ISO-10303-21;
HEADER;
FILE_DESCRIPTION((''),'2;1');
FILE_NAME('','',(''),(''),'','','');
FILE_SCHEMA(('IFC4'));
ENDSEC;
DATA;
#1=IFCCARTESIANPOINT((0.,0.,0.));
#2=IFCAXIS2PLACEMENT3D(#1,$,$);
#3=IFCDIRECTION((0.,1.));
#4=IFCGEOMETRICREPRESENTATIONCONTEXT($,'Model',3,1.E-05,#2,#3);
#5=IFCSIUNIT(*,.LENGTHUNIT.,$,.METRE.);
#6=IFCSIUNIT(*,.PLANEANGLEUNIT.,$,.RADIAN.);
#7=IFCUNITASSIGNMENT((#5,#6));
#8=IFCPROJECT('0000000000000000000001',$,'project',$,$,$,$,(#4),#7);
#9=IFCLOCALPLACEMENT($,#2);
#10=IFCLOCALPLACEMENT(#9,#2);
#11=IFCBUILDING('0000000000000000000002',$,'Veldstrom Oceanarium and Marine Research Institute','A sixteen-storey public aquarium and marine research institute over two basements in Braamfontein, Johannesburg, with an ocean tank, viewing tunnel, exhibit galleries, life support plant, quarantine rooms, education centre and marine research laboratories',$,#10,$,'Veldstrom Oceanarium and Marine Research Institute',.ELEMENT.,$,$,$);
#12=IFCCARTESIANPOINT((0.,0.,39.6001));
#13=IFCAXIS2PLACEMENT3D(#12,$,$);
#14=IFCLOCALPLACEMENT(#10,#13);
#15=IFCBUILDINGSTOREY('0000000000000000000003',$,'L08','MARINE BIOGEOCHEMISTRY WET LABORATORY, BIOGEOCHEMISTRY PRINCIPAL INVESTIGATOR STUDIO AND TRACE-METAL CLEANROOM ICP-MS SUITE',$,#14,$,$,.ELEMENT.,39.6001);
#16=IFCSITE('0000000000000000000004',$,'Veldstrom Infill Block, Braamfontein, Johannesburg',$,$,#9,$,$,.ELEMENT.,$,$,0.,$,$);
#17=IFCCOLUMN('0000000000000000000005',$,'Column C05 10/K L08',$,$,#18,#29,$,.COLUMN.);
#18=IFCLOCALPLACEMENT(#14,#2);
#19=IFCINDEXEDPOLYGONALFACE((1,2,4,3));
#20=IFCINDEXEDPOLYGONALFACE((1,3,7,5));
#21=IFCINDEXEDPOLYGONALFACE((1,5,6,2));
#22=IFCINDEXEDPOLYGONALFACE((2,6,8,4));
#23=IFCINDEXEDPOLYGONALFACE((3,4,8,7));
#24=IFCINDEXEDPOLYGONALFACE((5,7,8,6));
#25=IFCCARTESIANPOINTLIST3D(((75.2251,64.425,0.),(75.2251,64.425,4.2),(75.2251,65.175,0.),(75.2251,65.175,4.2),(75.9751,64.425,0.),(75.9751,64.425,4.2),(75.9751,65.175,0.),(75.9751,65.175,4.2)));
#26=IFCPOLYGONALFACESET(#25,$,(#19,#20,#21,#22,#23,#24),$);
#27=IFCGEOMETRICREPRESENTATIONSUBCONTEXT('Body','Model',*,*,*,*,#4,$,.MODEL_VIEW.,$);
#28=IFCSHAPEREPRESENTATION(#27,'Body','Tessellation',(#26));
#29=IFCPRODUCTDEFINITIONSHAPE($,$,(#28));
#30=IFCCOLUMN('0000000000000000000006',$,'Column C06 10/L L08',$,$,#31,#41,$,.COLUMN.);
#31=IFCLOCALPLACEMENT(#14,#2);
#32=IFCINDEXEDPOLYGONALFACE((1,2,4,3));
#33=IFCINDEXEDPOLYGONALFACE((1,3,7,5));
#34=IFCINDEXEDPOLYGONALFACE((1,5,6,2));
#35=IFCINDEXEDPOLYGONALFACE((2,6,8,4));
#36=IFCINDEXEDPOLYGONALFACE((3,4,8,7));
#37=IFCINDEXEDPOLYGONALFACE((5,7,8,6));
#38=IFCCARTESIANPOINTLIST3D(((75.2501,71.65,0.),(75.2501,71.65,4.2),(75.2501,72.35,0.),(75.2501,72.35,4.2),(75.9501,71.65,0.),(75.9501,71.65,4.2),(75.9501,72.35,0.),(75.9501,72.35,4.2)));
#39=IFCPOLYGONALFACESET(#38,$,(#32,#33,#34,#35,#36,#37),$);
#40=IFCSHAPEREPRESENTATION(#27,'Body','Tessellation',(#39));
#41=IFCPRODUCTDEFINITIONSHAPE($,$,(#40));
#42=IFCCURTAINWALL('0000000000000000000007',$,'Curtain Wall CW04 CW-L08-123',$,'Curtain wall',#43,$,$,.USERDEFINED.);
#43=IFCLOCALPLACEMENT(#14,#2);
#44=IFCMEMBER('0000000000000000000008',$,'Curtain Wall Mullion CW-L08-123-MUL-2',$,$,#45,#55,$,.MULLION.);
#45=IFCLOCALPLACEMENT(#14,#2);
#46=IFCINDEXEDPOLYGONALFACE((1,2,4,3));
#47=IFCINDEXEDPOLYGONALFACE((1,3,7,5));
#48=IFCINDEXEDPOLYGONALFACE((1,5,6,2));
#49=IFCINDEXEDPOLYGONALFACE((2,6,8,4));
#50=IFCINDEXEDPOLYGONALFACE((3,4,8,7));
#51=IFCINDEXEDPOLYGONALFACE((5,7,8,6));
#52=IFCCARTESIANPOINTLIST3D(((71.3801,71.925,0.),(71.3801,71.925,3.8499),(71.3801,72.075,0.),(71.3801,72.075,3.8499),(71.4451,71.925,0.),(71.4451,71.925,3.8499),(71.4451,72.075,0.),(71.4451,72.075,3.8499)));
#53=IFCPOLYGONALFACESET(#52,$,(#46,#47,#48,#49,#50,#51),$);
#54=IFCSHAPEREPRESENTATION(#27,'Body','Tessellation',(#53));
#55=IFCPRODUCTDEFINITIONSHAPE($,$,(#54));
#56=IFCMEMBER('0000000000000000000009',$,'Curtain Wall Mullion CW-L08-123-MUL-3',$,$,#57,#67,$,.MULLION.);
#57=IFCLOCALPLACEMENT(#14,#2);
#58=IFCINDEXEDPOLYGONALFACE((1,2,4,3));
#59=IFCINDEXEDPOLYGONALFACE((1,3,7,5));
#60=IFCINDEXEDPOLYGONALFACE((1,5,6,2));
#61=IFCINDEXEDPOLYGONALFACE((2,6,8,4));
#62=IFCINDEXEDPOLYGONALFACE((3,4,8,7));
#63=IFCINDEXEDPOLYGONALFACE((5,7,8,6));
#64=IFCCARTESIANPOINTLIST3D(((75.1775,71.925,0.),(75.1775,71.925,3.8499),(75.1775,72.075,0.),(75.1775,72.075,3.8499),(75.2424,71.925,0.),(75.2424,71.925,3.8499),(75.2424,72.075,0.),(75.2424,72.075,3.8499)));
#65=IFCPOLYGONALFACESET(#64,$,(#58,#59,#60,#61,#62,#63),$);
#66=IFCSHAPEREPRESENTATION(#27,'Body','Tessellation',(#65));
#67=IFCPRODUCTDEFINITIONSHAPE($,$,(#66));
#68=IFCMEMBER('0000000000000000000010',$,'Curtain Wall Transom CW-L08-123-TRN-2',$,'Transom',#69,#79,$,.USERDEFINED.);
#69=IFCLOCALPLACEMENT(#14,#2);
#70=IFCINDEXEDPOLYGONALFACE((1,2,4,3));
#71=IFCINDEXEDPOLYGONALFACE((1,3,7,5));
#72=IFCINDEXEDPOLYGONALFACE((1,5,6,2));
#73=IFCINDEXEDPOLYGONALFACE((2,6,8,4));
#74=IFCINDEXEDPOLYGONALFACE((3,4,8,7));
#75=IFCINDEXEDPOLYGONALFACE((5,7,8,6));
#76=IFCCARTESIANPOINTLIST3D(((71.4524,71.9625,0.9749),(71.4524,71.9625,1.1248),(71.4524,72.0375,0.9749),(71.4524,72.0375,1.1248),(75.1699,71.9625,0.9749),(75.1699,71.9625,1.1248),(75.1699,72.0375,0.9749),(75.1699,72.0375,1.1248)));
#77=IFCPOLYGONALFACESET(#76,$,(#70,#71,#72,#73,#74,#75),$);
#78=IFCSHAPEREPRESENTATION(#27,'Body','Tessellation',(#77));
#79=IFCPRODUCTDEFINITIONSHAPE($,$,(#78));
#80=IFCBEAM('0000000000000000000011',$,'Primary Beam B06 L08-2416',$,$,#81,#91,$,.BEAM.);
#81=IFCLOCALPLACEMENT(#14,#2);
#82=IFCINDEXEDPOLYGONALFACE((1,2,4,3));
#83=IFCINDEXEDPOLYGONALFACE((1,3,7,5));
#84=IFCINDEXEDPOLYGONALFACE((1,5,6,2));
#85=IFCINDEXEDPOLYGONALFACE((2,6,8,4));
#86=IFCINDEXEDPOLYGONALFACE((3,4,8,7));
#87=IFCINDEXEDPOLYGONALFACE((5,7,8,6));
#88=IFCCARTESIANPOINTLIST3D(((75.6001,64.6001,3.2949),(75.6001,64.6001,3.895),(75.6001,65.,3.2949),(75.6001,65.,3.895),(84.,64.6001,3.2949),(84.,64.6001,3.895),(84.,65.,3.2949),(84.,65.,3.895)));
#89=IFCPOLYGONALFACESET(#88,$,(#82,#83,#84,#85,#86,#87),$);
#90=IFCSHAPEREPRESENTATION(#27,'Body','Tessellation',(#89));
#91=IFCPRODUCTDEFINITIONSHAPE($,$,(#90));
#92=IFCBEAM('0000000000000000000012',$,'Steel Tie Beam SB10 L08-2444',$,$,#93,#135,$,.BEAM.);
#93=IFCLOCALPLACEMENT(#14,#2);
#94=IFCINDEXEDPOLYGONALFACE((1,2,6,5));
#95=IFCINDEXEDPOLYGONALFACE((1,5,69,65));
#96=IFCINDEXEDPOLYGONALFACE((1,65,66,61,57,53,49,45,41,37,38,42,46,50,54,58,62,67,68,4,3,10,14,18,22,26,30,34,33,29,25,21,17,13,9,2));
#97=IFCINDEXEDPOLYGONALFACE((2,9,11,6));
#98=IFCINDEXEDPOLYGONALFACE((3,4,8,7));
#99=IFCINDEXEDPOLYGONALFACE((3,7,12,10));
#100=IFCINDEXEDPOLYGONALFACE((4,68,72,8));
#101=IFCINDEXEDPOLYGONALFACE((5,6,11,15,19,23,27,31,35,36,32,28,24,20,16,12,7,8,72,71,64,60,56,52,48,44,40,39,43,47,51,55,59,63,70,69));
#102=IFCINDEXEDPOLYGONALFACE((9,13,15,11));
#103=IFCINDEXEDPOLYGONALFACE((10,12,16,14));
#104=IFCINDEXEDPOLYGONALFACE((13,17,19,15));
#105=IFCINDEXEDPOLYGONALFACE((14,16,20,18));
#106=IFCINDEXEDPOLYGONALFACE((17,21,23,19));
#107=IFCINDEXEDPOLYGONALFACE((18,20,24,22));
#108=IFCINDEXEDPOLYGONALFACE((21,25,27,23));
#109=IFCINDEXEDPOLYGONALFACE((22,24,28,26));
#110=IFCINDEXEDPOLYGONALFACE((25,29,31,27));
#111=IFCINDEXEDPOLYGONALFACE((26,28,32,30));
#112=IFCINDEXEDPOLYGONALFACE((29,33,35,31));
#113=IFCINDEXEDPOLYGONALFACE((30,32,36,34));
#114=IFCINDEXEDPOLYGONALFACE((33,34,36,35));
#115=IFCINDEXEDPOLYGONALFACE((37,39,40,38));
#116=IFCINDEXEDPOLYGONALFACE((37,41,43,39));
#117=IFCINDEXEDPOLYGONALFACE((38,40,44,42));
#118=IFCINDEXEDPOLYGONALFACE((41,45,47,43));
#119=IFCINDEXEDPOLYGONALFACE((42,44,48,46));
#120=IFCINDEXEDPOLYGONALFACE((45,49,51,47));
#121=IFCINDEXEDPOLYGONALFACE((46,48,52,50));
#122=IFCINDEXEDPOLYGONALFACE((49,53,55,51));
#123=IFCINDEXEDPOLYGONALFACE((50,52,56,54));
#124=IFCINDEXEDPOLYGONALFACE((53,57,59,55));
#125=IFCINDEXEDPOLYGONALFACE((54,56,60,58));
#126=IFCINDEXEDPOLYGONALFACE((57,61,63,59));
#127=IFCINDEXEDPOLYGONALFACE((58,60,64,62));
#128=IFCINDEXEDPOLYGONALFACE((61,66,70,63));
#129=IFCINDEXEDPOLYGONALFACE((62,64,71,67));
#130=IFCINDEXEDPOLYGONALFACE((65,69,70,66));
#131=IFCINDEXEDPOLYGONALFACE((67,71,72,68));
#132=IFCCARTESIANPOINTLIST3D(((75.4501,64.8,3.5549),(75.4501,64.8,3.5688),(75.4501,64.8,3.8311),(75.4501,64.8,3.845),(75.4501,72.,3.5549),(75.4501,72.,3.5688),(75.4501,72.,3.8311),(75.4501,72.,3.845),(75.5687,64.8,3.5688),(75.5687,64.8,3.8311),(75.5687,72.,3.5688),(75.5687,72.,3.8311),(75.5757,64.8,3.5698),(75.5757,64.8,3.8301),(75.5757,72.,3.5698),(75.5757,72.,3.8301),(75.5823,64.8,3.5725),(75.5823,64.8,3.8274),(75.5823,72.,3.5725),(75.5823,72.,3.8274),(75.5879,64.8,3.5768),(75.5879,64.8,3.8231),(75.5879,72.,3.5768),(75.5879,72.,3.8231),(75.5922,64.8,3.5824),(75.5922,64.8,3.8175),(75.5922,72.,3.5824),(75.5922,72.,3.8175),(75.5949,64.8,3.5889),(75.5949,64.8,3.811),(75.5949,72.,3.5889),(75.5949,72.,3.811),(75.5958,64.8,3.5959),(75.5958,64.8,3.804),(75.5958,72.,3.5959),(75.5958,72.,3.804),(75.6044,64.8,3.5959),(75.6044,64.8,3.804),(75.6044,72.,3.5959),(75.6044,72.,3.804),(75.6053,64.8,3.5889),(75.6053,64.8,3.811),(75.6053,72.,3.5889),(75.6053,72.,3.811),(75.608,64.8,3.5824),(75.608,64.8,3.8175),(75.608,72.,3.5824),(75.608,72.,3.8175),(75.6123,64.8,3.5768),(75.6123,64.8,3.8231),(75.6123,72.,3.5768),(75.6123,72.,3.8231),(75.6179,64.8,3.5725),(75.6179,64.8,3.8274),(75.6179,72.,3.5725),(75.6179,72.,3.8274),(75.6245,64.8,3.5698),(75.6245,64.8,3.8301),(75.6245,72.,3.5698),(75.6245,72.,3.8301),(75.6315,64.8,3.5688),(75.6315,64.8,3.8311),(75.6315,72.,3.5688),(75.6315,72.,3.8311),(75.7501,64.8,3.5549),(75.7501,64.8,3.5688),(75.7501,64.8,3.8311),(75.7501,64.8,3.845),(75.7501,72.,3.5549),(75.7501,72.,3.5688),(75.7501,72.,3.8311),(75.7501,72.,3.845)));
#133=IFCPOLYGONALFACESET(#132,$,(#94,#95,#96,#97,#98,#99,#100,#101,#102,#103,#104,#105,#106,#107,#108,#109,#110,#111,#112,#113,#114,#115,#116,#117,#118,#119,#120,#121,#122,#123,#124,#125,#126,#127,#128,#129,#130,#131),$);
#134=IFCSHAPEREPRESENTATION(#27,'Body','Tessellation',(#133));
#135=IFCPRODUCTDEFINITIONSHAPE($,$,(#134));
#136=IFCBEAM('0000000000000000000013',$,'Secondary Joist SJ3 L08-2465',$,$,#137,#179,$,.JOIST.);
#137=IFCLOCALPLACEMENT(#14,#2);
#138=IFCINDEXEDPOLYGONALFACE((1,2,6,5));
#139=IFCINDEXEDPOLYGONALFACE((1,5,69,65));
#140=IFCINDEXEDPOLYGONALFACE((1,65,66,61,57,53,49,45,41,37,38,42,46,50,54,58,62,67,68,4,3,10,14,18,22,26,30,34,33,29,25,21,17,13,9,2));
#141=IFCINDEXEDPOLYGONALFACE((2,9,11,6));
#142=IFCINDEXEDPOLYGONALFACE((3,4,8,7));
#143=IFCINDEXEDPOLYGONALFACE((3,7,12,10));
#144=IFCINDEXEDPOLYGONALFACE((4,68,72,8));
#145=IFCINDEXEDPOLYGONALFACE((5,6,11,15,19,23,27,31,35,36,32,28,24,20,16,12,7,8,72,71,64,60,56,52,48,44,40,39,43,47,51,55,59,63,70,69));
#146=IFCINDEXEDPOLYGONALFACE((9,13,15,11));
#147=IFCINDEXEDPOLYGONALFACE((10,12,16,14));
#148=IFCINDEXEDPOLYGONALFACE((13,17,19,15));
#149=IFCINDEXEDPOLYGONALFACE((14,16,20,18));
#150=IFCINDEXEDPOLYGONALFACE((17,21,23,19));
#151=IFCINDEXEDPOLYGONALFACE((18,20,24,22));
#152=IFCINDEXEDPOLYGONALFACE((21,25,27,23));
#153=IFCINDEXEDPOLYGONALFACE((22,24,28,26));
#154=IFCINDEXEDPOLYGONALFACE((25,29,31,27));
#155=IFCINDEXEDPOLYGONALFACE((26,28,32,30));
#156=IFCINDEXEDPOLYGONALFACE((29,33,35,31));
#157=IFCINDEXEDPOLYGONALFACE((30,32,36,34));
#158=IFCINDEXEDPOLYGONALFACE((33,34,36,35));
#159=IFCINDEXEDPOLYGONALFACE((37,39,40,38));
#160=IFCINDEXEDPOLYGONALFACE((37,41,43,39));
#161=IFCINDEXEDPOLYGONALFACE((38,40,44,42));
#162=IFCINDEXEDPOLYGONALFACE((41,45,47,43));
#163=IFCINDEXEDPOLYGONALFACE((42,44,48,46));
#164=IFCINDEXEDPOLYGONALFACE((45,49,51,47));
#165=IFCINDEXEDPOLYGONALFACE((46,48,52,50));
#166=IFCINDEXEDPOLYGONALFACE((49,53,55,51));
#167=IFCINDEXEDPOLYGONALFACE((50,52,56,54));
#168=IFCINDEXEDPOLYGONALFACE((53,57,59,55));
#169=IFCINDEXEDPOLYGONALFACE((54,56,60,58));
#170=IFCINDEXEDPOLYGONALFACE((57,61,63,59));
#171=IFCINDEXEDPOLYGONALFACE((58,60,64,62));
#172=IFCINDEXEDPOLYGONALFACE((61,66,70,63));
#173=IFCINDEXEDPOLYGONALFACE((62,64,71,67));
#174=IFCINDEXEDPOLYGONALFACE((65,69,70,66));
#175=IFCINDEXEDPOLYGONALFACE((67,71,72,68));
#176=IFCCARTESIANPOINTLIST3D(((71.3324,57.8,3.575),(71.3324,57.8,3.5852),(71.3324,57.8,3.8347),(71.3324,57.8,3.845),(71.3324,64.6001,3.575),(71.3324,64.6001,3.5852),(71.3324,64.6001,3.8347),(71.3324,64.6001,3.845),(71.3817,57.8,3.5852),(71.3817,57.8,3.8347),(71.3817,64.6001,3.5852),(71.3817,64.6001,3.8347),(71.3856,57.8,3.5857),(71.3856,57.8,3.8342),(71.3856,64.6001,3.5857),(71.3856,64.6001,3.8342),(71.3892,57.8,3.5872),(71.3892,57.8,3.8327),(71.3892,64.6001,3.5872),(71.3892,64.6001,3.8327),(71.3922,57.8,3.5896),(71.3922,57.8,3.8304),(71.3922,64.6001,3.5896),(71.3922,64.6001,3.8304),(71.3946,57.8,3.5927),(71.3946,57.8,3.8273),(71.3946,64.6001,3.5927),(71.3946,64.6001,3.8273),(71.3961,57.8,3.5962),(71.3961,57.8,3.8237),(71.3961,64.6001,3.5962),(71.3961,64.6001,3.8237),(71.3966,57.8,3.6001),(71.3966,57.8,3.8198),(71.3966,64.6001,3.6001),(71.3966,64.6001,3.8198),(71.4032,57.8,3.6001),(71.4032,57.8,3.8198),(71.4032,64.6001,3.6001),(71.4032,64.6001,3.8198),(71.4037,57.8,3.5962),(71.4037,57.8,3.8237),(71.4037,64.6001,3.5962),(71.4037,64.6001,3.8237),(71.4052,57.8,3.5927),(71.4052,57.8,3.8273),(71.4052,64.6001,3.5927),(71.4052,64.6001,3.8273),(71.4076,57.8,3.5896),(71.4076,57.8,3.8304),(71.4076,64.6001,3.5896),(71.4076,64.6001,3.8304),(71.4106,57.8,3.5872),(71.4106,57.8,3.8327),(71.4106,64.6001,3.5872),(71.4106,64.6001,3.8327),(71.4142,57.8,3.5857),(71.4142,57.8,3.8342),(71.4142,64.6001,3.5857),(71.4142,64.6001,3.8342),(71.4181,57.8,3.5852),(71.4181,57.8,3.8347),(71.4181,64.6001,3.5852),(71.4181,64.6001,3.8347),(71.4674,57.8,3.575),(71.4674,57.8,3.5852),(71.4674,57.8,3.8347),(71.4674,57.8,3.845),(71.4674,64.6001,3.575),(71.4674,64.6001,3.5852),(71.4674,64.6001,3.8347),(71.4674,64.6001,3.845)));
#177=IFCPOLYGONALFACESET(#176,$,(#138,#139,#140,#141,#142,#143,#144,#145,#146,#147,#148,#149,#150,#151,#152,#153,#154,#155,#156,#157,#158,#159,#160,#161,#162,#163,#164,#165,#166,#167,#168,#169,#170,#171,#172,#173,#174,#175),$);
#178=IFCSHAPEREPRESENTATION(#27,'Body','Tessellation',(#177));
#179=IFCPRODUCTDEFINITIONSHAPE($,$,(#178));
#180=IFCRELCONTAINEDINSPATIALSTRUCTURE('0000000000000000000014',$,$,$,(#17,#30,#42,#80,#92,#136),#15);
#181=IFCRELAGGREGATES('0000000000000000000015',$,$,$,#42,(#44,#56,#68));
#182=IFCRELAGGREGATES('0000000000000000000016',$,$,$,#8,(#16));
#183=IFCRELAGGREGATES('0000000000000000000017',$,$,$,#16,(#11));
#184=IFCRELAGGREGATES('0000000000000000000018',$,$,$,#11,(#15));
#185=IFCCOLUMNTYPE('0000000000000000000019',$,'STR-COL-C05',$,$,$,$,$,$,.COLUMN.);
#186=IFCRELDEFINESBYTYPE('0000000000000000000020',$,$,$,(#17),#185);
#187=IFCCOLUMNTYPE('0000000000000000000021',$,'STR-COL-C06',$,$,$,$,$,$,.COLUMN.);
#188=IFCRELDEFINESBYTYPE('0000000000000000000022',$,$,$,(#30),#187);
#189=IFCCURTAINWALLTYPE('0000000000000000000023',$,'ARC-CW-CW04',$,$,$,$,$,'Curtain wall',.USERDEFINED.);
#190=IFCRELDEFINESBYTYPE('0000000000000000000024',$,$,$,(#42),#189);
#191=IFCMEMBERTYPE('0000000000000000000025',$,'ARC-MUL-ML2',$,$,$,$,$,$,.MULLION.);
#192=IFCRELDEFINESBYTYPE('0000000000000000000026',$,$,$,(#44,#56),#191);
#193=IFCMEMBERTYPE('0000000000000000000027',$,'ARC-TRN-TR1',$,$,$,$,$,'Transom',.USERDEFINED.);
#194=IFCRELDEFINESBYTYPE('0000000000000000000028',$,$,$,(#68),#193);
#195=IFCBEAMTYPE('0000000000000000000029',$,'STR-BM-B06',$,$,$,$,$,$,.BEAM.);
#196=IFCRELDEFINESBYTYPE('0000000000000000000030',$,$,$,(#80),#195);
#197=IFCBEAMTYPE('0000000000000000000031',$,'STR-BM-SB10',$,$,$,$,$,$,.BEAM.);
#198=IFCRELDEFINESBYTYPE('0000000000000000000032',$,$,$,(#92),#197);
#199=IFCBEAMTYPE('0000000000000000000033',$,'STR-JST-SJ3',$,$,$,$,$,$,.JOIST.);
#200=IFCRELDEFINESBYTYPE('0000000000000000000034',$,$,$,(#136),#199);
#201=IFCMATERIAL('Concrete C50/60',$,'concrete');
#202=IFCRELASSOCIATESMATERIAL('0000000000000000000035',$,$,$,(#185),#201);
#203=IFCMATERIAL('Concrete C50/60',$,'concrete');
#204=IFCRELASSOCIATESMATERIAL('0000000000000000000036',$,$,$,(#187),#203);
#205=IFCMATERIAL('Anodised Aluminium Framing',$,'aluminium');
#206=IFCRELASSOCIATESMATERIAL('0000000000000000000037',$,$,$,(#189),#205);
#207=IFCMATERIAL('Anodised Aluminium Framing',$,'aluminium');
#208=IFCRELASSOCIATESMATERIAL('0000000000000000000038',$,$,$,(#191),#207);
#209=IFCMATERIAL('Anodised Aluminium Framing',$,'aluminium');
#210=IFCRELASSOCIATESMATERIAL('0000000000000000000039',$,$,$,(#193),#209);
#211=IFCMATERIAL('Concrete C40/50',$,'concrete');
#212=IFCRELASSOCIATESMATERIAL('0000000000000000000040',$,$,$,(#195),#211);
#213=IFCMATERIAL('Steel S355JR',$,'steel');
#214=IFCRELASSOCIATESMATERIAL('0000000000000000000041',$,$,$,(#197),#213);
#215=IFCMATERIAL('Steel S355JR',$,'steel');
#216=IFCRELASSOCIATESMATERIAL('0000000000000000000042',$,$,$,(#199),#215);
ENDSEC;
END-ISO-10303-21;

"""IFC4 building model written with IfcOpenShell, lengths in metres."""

from ifc_helpers import new_model, si_unit, direction, frame, origin, origin_2d, place, context, subcontext, project, spatial, rectangle, i_section, extrude, material, material_profile, profile_set, type_object, element, aggregate, save


model = new_model("IFC4")

# Units and contexts
model_context = context("Model", 3, precision=1e-05, world=origin(), true_north=direction((0.0, 1.0)))
body_context = subcontext(model_context, "Body", "Model", "MODEL_VIEW")
ifc_project = project(units=[si_unit("LENGTHUNIT", "METRE"), si_unit("PLANEANGLEUNIT", "RADIAN")], contexts=[model_context])

# Site, building, storey
site_placement = place(None, origin())
site = spatial("IfcSite", under=ifc_project, at=site_placement, Name="Veldstrom Infill Block, Braamfontein, Johannesburg", CompositionType="ELEMENT", RefElevation=0.0)
building_placement = place(site_placement, origin())
building = spatial("IfcBuilding", under=site, at=building_placement, Name="Veldstrom Oceanarium and Marine Research Institute", Description="A sixteen-storey public aquarium and marine research institute over two basements in Braamfontein, Johannesburg, with an ocean tank, viewing tunnel, exhibit galleries, life support plant, quarantine rooms, education centre and marine research laboratories", LongName="Veldstrom Oceanarium and Marine Research Institute", CompositionType="ELEMENT")
storey_placement = place(building_placement, frame((0.0, 0.0, 39.6001)))
storey = spatial("IfcBuildingStorey", under=building, at=storey_placement, Name="L08", Description="MARINE BIOGEOCHEMISTRY WET LABORATORY, BIOGEOCHEMISTRY PRINCIPAL INVESTIGATOR STUDIO AND TRACE-METAL CLEANROOM ICP-MS SUITE", CompositionType="ELEMENT", Elevation=39.6001)

# Columns
ifc_material_1 = material(Name="Concrete C50/60", Category="concrete")
ifc_material_profile_1 = material_profile(ifc_material_1, rectangle(XDim=0.75, YDim=0.75, at=origin_2d()), Name="RC-COL-750x750")
ifc_profile_set_1 = profile_set([ifc_material_profile_1], Name="Concrete C50/60")
column_type_1 = type_object("IfcColumnType", Name="STR-COL-C05", PredefinedType="COLUMN", material=ifc_profile_set_1)
column_1_placement = place(storey_placement, frame((75.6001, 64.8, 0.0), z_axis=(0.0, 0.0, 1.0), x_axis=(1.0, 0.0, 0.0)))
element("IfcColumn", 1, at=column_1_placement, inside=storey, type_object=column_type_1, Name="Column C05 10/K L08", PredefinedType="COLUMN", context=body_context, shape_type="SweptSolid", body=[
    extrude(rectangle(XDim=0.75, YDim=0.75, at=origin_2d()), origin(), (0.0, 0.0, 1.0), 4.2),
])
ifc_material_2 = material(Name="Concrete C50/60", Category="concrete")
ifc_material_profile_2 = material_profile(ifc_material_2, rectangle(XDim=0.7, YDim=0.7, at=origin_2d()), Name="RC-COL-700x700")
ifc_profile_set_2 = profile_set([ifc_material_profile_2], Name="Concrete C50/60")
column_type_2 = type_object("IfcColumnType", Name="STR-COL-C06", PredefinedType="COLUMN", material=ifc_profile_set_2)
column_2_placement = place(storey_placement, frame((75.6001, 72.0, 0.0), z_axis=(0.0, 0.0, 1.0), x_axis=(1.0, 0.0, 0.0)))
element("IfcColumn", 2, at=column_2_placement, inside=storey, type_object=column_type_2, Name="Column C06 10/L L08", PredefinedType="COLUMN", context=body_context, shape_type="SweptSolid", body=[
    extrude(rectangle(XDim=0.7, YDim=0.7, at=origin_2d()), origin(), (0.0, 0.0, 1.0), 4.2),
])

# Curtain wall, members
ifc_material_3 = material(Name="Anodised Aluminium Framing", Category="aluminium")
curtain_wall_type = type_object("IfcCurtainWallType", Name="ARC-CW-CW04", ElementType="Curtain wall", PredefinedType="USERDEFINED", material=ifc_material_3)
curtain_wall_placement = place(storey_placement, origin())
curtain_wall = element("IfcCurtainWall", 3, at=curtain_wall_placement, inside=storey, type_object=curtain_wall_type, Name="Curtain Wall CW04 CW-L08-123", ObjectType="Curtain wall", PredefinedType="USERDEFINED")
ifc_material_4 = material(Name="Anodised Aluminium Framing", Category="aluminium")
ifc_material_profile_3 = material_profile(ifc_material_4, rectangle(XDim=0.0649, YDim=0.1499, at=origin_2d()), Name="ALU-MUL-65x150")
ifc_profile_set_3 = profile_set([ifc_material_profile_3], Name="Anodised Aluminium Framing")
member_type_1 = type_object("IfcMemberType", Name="ARC-MUL-ML2", PredefinedType="MULLION", material=ifc_profile_set_3)
member_1_placement = place(storey_placement, frame((71.4126, 72.0, 0.0), z_axis=(0.0, 0.0, 1.0), x_axis=(1.0, 0.0, 0.0)))
member_1 = element("IfcMember", 4, at=member_1_placement, type_object=member_type_1, Name="Curtain Wall Mullion CW-L08-123-MUL-2", PredefinedType="MULLION", context=body_context, shape_type="SweptSolid", body=[
    extrude(rectangle(XDim=0.0649, YDim=0.1499, at=origin_2d()), origin(), (0.0, 0.0, 1.0), 3.8499),
])
member_2_placement = place(storey_placement, frame((75.21, 72.0, 0.0), z_axis=(0.0, 0.0, 1.0), x_axis=(1.0, 0.0, 0.0)))
member_2 = element("IfcMember", 5, at=member_2_placement, type_object=member_type_1, Name="Curtain Wall Mullion CW-L08-123-MUL-3", PredefinedType="MULLION", context=body_context, shape_type="SweptSolid", body=[
    extrude(rectangle(XDim=0.0649, YDim=0.1499, at=origin_2d()), origin(), (0.0, 0.0, 1.0), 3.8499),
])
ifc_material_5 = material(Name="Anodised Aluminium Framing", Category="aluminium")
ifc_material_profile_4 = material_profile(ifc_material_5, rectangle(XDim=0.075, YDim=0.1499, at=origin_2d()), Name="ALU-TRN-75x150")
ifc_profile_set_4 = profile_set([ifc_material_profile_4], Name="Anodised Aluminium Framing")
member_type_2 = type_object("IfcMemberType", Name="ARC-TRN-TR1", ElementType="Transom", PredefinedType="USERDEFINED", material=ifc_profile_set_4)
member_3_placement = place(storey_placement, frame((71.4524, 72.0, 1.0498), z_axis=(1.0, 0.0, 0.0), x_axis=(0.0, 1.0, 0.0)))
member_3 = element("IfcMember", 6, at=member_3_placement, type_object=member_type_2, Name="Curtain Wall Transom CW-L08-123-TRN-2", ObjectType="Transom", PredefinedType="USERDEFINED", context=body_context, shape_type="SweptSolid", body=[
    extrude(rectangle(XDim=0.075, YDim=0.1499, at=origin_2d()), origin(), (0.0, 0.0, 1.0), 3.7175),
])

# Beams
ifc_material_6 = material(Name="Concrete C40/50", Category="concrete")
ifc_material_profile_5 = material_profile(ifc_material_6, rectangle(XDim=0.3999, YDim=0.6001, at=origin_2d()), Name="RC-BM-400x600")
ifc_profile_set_5 = profile_set([ifc_material_profile_5], Name="Concrete C40/50")
beam_type_1 = type_object("IfcBeamType", Name="STR-BM-B06", PredefinedType="BEAM", material=ifc_profile_set_5)
beam_1_placement = place(storey_placement, frame((75.6001, 64.8, 3.595), z_axis=(1.0, 0.0, 0.0), x_axis=(0.0, 1.0, 0.0)))
element("IfcBeam", 7, at=beam_1_placement, inside=storey, type_object=beam_type_1, Name="Primary Beam B06 L08-2416", PredefinedType="BEAM", context=body_context, shape_type="SweptSolid", body=[
    extrude(rectangle(XDim=0.3999, YDim=0.6001, at=origin_2d()), origin(), (0.0, 0.0, 1.0), 8.3999),
])
ifc_material_7 = material(Name="Steel S355JR", Category="steel")
ifc_material_profile_6 = material_profile(ifc_material_7, i_section(OverallWidth=0.3, OverallDepth=0.29, WebThickness=0.0085, FlangeThickness=0.0139, FilletRadius=0.0271, at=origin_2d()), Name="HEA 300")
ifc_profile_set_6 = profile_set([ifc_material_profile_6], Name="Steel S355JR")
beam_type_2 = type_object("IfcBeamType", Name="STR-BM-SB10", PredefinedType="BEAM", material=ifc_profile_set_6)
beam_2_placement = place(storey_placement, frame((75.6001, 64.8, 3.7), z_axis=(0.0, 1.0, 0.0), x_axis=(-1.0, 0.0, 0.0)))
element("IfcBeam", 8, at=beam_2_placement, inside=storey, type_object=beam_type_2, Name="Steel Tie Beam SB10 L08-2444", PredefinedType="BEAM", context=body_context, shape_type="SweptSolid", body=[
    extrude(i_section(OverallWidth=0.3, OverallDepth=0.29, WebThickness=0.0085, FlangeThickness=0.0139, FilletRadius=0.0271, at=origin_2d()), origin(), (0.0, 0.0, 1.0), 7.2),
])
ifc_material_8 = material(Name="Steel S355JR", Category="steel")
ifc_material_profile_7 = material_profile(ifc_material_8, i_section(OverallWidth=0.135, OverallDepth=0.27, WebThickness=0.0066, FlangeThickness=0.0103, FilletRadius=0.0149, at=origin_2d()), Name="IPE 270")
ifc_profile_set_7 = profile_set([ifc_material_profile_7], Name="Steel S355JR")
beam_type_3 = type_object("IfcBeamType", Name="STR-JST-SJ3", PredefinedType="JOIST", material=ifc_profile_set_7)
beam_3_placement = place(storey_placement, frame((71.3999, 57.8, 3.71), z_axis=(0.0, 1.0, 0.0), x_axis=(-1.0, 0.0, 0.0)))
element("IfcBeam", 9, at=beam_3_placement, inside=storey, type_object=beam_type_3, Name="Secondary Joist SJ3 L08-2465", PredefinedType="JOIST", context=body_context, shape_type="SweptSolid", body=[
    extrude(i_section(OverallWidth=0.135, OverallDepth=0.27, WebThickness=0.0066, FlangeThickness=0.0103, FilletRadius=0.0149, at=origin_2d()), origin(), (0.0, 0.0, 1.0), 6.8),
])

aggregate(curtain_wall, [member_1, member_2, member_3])

save(model, "model.ifc")
